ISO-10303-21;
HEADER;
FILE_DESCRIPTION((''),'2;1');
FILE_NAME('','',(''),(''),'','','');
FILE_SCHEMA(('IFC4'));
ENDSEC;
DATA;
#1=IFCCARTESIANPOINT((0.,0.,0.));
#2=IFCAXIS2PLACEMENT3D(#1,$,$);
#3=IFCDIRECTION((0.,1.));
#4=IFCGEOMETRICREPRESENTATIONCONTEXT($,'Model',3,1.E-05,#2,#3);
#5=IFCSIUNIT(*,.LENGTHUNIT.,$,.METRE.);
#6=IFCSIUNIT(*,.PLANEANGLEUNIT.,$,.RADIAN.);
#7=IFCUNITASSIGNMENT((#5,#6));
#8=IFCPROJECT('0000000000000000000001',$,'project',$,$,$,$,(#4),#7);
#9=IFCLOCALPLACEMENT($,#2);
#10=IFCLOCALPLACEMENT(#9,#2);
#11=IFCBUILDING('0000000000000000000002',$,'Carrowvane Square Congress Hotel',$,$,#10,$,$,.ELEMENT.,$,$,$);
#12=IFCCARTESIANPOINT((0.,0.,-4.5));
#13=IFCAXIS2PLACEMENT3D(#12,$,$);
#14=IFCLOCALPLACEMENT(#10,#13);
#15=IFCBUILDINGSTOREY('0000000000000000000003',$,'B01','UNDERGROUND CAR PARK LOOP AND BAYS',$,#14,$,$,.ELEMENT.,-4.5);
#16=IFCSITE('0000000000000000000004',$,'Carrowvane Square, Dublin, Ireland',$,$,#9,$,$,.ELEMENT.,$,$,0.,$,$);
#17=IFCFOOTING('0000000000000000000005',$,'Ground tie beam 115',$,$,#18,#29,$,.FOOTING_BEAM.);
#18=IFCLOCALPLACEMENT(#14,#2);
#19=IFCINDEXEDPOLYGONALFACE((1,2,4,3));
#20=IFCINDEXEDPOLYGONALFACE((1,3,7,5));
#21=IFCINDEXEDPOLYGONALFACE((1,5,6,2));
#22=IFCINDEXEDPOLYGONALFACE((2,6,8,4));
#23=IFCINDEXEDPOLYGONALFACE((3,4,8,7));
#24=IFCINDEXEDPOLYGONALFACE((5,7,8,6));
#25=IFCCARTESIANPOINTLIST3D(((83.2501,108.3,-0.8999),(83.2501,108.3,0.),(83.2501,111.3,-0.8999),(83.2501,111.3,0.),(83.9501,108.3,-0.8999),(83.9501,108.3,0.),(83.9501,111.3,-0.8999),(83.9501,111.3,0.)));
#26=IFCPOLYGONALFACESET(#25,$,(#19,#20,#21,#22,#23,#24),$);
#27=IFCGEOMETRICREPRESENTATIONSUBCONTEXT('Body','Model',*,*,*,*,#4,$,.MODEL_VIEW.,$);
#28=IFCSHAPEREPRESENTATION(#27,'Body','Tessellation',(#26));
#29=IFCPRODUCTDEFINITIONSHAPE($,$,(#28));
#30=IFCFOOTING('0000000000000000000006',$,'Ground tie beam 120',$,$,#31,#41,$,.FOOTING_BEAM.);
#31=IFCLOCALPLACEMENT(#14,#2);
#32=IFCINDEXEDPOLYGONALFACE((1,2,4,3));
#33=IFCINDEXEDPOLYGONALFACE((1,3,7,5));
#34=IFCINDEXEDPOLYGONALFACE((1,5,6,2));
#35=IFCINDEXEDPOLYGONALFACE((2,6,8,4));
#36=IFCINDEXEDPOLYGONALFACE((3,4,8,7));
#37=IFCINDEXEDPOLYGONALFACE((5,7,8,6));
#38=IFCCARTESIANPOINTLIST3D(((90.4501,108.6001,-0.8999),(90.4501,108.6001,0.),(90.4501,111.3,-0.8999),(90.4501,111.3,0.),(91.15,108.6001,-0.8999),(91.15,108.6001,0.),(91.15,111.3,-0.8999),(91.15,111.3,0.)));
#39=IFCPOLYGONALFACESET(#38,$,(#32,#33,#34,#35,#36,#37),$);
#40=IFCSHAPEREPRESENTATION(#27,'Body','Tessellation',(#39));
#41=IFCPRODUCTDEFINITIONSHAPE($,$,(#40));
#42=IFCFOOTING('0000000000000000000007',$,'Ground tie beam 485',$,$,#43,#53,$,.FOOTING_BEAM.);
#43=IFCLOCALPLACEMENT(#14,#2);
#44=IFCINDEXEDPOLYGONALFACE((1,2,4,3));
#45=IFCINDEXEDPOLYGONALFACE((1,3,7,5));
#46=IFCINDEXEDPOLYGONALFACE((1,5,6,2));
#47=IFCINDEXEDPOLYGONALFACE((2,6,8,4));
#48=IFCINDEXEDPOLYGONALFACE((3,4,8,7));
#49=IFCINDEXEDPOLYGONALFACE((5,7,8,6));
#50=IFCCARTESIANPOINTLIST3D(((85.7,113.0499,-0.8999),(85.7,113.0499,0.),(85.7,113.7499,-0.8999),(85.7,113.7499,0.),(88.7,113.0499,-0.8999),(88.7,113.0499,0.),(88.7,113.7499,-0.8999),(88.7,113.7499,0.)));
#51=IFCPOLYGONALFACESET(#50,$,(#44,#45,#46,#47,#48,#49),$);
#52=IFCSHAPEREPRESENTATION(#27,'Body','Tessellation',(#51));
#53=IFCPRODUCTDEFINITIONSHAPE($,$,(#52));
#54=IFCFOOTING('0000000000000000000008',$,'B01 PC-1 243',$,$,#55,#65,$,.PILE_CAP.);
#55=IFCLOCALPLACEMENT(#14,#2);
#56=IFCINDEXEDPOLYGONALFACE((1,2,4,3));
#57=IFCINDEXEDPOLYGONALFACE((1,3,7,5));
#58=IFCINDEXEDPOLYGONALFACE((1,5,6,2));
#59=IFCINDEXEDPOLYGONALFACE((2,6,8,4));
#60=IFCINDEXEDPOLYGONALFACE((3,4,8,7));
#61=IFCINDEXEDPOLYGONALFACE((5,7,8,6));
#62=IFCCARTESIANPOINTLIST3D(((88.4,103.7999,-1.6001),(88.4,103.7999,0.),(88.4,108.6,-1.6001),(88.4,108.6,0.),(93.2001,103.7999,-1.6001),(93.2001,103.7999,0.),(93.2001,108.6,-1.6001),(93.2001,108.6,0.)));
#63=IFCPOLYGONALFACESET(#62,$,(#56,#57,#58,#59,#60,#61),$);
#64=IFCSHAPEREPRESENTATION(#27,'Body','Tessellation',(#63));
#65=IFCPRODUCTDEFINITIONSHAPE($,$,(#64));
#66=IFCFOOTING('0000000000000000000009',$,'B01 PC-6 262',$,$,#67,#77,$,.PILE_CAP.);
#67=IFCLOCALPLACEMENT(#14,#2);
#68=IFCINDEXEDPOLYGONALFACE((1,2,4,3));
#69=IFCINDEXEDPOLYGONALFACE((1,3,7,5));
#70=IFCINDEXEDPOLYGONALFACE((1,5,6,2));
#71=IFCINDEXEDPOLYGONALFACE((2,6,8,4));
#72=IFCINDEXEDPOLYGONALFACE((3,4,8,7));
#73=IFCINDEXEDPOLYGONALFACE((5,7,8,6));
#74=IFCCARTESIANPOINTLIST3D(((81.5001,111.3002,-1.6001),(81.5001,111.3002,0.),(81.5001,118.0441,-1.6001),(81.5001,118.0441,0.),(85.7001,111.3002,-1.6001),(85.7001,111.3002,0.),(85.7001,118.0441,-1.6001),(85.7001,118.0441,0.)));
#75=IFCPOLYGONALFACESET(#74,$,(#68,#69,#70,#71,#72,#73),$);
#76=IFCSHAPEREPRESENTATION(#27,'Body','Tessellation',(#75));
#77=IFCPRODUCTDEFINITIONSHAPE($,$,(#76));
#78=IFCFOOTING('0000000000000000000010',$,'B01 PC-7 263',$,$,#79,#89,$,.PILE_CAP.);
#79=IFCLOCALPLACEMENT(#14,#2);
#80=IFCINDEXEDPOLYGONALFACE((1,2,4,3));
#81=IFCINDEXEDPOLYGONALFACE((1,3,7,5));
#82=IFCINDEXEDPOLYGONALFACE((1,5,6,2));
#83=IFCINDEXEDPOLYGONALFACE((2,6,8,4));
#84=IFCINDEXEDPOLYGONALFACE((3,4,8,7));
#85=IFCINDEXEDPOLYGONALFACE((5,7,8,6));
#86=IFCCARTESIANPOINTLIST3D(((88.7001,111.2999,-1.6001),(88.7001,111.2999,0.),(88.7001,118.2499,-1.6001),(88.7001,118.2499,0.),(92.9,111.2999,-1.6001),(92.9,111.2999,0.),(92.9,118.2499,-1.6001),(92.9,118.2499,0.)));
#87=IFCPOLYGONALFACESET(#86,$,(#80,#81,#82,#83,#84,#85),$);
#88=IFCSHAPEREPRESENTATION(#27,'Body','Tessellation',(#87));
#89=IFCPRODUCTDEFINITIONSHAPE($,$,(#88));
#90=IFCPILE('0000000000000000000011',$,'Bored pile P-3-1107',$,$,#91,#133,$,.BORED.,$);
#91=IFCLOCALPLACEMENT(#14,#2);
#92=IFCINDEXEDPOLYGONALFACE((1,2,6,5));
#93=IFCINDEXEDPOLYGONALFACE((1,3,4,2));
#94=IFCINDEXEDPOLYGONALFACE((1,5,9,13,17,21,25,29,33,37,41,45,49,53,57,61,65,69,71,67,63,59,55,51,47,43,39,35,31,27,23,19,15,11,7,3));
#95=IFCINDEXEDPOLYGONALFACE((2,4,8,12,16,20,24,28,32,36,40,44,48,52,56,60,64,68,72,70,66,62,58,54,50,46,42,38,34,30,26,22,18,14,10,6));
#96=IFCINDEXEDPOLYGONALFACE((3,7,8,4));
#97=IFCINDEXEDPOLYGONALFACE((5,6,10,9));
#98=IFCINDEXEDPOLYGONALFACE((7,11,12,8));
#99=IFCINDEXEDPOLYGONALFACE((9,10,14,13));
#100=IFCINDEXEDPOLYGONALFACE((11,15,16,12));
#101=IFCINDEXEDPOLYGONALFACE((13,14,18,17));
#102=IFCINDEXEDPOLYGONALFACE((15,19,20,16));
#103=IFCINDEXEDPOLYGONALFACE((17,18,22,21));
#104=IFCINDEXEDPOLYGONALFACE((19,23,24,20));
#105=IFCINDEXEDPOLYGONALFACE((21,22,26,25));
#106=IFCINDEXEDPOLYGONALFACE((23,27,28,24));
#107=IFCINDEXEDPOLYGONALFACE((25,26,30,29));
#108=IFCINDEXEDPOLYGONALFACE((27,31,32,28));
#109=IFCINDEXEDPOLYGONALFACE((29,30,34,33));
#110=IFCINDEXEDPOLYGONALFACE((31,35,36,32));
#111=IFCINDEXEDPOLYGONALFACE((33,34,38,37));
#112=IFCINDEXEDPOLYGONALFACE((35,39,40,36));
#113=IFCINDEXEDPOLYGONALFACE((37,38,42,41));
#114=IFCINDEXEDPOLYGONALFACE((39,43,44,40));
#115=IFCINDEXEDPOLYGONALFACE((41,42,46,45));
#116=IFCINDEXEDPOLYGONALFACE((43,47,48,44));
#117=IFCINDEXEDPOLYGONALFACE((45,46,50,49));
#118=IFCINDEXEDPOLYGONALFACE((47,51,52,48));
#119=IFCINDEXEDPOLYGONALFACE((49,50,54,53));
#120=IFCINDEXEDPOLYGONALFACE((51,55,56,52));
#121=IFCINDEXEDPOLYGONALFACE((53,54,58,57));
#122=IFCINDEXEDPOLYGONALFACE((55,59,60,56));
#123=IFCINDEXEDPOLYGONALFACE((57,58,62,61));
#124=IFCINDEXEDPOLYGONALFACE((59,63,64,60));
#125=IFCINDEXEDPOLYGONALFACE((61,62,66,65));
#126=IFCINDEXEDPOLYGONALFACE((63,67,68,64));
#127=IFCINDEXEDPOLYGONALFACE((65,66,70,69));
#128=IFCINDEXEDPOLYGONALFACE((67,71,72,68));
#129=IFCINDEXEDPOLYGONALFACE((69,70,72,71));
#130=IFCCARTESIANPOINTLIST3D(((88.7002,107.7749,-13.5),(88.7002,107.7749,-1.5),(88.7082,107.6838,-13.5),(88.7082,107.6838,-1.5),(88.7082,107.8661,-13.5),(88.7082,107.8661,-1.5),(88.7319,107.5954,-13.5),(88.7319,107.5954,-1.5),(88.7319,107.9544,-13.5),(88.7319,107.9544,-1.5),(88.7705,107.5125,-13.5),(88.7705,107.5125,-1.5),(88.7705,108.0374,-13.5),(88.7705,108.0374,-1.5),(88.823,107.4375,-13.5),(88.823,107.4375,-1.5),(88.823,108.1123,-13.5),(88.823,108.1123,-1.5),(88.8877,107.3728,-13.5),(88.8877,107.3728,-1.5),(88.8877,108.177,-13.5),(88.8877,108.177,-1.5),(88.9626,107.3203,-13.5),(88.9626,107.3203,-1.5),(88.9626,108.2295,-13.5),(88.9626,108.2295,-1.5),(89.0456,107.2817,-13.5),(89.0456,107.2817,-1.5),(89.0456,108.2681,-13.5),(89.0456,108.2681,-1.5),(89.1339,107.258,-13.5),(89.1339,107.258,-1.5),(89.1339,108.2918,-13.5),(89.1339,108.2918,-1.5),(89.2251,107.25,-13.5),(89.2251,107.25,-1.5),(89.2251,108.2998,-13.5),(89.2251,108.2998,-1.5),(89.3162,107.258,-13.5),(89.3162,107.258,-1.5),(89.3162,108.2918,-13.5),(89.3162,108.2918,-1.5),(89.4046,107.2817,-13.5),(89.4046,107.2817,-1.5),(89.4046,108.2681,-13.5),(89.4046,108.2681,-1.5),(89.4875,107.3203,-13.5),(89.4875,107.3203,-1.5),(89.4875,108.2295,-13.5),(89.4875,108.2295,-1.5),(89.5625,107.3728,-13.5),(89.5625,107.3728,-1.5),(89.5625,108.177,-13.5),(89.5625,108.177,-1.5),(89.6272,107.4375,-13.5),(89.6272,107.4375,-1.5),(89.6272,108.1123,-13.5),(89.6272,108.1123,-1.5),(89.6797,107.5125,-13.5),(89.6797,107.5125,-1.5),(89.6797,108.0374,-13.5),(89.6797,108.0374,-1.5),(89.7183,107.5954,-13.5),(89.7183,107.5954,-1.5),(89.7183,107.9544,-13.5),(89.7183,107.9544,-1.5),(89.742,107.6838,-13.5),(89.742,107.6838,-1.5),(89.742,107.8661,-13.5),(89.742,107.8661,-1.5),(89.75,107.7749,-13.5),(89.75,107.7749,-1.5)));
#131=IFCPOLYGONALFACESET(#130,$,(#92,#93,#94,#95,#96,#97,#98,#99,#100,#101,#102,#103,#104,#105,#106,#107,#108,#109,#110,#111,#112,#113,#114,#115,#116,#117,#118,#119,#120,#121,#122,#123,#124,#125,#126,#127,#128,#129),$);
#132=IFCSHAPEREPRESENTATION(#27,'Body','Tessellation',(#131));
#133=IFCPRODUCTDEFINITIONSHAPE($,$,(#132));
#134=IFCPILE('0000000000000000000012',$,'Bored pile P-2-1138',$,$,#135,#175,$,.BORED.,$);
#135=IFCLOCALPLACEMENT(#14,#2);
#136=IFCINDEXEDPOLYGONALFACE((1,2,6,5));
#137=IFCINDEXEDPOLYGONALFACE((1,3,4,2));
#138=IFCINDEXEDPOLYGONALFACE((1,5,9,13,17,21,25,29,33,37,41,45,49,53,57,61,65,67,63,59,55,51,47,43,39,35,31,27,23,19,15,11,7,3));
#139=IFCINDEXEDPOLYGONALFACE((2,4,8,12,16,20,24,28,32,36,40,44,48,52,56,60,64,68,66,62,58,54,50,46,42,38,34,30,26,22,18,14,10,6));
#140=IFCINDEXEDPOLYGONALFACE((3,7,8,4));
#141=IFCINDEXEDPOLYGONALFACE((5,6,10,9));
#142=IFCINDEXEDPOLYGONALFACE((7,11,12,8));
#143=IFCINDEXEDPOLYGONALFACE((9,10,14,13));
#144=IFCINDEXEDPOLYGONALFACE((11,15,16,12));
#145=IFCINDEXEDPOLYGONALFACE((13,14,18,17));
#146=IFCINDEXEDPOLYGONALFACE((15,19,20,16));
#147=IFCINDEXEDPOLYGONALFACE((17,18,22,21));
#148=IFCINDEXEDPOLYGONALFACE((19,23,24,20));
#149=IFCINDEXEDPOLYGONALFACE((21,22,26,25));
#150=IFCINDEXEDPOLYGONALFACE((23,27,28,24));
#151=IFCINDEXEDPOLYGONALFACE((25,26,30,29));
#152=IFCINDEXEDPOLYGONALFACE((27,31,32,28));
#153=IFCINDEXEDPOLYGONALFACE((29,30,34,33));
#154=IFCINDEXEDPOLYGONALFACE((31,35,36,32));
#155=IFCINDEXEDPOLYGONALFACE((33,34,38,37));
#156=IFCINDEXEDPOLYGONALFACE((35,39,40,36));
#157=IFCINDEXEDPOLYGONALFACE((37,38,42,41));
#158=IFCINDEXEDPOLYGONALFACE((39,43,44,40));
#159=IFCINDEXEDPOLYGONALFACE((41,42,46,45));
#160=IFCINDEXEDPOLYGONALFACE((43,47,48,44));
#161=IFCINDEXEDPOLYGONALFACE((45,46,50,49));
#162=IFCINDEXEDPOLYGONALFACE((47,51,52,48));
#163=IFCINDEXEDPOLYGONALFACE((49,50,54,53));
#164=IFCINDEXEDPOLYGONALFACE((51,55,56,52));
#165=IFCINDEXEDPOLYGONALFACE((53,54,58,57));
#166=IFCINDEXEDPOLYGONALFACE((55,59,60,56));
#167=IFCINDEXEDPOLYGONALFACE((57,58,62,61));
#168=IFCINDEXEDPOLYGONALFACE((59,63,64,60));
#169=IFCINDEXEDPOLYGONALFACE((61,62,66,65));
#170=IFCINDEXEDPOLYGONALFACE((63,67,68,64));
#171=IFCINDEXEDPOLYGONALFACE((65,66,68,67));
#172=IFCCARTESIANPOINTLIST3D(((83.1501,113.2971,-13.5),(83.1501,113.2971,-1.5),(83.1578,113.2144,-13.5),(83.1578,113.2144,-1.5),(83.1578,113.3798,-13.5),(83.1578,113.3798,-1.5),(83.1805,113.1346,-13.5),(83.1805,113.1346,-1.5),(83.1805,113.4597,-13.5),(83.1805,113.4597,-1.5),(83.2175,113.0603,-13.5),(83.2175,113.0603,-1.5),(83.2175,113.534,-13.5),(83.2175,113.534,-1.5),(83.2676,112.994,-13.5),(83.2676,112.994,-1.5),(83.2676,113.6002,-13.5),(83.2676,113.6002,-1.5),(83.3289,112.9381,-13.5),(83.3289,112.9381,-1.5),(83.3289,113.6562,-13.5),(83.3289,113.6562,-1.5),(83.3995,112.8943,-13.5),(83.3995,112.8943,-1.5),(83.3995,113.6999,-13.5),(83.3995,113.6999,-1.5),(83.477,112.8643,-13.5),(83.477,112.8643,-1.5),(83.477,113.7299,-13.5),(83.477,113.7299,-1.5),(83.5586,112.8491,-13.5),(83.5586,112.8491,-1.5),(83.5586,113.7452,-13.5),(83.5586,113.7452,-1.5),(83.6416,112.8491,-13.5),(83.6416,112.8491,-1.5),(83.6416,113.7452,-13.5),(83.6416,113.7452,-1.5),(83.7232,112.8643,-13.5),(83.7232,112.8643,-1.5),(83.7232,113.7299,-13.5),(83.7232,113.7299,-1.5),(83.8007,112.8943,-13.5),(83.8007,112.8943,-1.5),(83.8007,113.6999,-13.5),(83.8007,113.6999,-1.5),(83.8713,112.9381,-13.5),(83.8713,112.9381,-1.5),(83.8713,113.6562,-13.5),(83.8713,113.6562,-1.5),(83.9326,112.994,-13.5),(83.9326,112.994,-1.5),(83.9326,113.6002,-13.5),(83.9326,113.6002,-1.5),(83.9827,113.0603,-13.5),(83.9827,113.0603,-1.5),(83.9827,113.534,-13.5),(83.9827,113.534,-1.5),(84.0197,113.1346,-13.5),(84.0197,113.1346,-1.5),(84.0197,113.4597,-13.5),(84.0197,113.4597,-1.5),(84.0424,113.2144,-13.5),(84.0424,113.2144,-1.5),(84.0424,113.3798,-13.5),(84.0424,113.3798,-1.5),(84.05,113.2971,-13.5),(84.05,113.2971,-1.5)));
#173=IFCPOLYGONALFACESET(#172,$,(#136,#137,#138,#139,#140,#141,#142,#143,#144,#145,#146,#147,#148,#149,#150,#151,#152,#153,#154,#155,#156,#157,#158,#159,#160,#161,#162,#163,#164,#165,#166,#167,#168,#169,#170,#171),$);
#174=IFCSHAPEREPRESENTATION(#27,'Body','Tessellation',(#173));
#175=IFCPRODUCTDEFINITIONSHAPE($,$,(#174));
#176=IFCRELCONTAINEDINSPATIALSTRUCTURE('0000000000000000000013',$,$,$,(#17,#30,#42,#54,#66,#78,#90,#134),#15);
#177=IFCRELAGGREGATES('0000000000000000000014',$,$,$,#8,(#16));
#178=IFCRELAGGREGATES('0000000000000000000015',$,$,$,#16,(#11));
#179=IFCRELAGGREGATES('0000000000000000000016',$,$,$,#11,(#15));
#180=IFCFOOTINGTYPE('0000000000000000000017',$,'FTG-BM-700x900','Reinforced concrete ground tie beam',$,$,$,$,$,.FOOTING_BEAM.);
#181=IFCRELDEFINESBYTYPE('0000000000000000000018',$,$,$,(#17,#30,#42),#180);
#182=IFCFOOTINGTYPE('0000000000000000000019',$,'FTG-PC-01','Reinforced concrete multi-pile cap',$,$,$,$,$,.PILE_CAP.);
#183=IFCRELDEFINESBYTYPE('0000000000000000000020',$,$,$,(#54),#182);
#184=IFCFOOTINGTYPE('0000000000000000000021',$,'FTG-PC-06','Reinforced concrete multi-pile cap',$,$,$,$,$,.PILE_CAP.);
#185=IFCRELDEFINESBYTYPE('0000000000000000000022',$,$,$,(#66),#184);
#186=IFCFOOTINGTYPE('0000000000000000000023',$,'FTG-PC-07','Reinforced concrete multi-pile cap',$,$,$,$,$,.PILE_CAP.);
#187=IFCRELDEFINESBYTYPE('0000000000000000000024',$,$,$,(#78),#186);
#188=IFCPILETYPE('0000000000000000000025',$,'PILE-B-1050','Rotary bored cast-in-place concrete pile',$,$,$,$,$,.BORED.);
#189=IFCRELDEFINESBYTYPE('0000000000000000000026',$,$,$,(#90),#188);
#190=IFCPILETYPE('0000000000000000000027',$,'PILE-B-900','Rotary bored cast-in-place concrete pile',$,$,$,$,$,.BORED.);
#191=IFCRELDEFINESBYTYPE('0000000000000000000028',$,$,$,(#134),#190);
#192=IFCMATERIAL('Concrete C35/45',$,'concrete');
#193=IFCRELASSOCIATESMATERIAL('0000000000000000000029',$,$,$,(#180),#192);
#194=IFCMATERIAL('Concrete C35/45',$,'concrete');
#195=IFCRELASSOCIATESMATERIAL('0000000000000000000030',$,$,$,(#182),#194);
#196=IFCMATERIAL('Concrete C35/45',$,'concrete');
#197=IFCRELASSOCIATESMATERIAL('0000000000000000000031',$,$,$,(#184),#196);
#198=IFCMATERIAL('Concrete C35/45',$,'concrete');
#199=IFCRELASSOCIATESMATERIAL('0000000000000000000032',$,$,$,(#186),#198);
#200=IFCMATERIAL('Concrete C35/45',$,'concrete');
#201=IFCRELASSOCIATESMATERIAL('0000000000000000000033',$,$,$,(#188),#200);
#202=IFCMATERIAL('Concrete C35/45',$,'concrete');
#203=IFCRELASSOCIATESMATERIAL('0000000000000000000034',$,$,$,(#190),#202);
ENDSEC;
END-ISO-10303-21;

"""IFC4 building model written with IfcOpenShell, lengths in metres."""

from ifc_helpers import new_model, si_unit, direction, frame, origin, origin_2d, place, context, subcontext, project, spatial, rectangle, circle, extrude, material, material_profile, profile_set, type_object, element, save


model = new_model("IFC4")

# Units and contexts
model_context = context("Model", 3, precision=1e-05, world=origin(), true_north=direction((0.0, 1.0)))
body_context = subcontext(model_context, "Body", "Model", "MODEL_VIEW")
ifc_project = project(units=[si_unit("LENGTHUNIT", "METRE"), si_unit("PLANEANGLEUNIT", "RADIAN")], contexts=[model_context])

# Site, building, storey
site_placement = place(None, origin())
site = spatial("IfcSite", under=ifc_project, at=site_placement, Name="Carrowvane Square, Dublin, Ireland", CompositionType="ELEMENT", RefElevation=0.0)
building_placement = place(site_placement, origin())
building = spatial("IfcBuilding", under=site, at=building_placement, Name="Carrowvane Square Congress Hotel", CompositionType="ELEMENT")
storey_placement = place(building_placement, frame((0.0, 0.0, -4.5)))
storey = spatial("IfcBuildingStorey", under=building, at=storey_placement, Name="B01", Description="UNDERGROUND CAR PARK LOOP AND BAYS", CompositionType="ELEMENT", Elevation=-4.5)

# Footings
ifc_material_1 = material(Name="Concrete C35/45", Category="concrete")
ifc_material_profile_1 = material_profile(ifc_material_1, rectangle(XDim=0.7, YDim=0.8999, at=origin_2d()), Name="RC 700x900")
ifc_profile_set_1 = profile_set([ifc_material_profile_1], Name="Concrete C35/45")
footing_type_1 = type_object("IfcFootingType", Name="FTG-BM-700x900", Description="Reinforced concrete ground tie beam", PredefinedType="FOOTING_BEAM", material=ifc_profile_set_1)
footing_1_placement = place(storey_placement, frame((83.6001, 108.3, -0.45), z_axis=(0.0, 1.0, 0.0), x_axis=(-1.0, 0.0, 0.0)))
element("IfcFooting", 1, at=footing_1_placement, inside=storey, type_object=footing_type_1, Name="Ground tie beam 115", PredefinedType="FOOTING_BEAM", context=body_context, shape_type="SweptSolid", body=[
    extrude(rectangle(XDim=0.7, YDim=0.8999, at=origin_2d()), origin(), (0.0, 0.0, 1.0), 3.0),
])
footing_2_placement = place(storey_placement, frame((90.8, 108.6001, -0.45), z_axis=(0.0, 1.0, 0.0), x_axis=(-1.0, 0.0, 0.0)))
element("IfcFooting", 2, at=footing_2_placement, inside=storey, type_object=footing_type_1, Name="Ground tie beam 120", PredefinedType="FOOTING_BEAM", context=body_context, shape_type="SweptSolid", body=[
    extrude(rectangle(XDim=0.7, YDim=0.8999, at=origin_2d()), origin(), (0.0, 0.0, 1.0), 2.7),
])
footing_3_placement = place(storey_placement, frame((85.7, 113.3999, -0.45), z_axis=(1.0, 0.0, 0.0), x_axis=(0.0, 1.0, 0.0)))
element("IfcFooting", 3, at=footing_3_placement, inside=storey, type_object=footing_type_1, Name="Ground tie beam 485", PredefinedType="FOOTING_BEAM", context=body_context, shape_type="SweptSolid", body=[
    extrude(rectangle(XDim=0.7, YDim=0.8999, at=origin_2d()), origin(), (0.0, 0.0, 1.0), 3.0),
])
ifc_material_2 = material(Name="Concrete C35/45", Category="concrete")
footing_type_2 = type_object("IfcFootingType", Name="FTG-PC-01", Description="Reinforced concrete multi-pile cap", PredefinedType="PILE_CAP", material=ifc_material_2)
footing_4_placement = place(storey_placement, frame((90.8, 106.2, -1.6001), z_axis=(0.0, 0.0, 1.0), x_axis=(1.0, 0.0, 0.0)))
element("IfcFooting", 4, at=footing_4_placement, inside=storey, type_object=footing_type_2, Name="B01 PC-1 243", PredefinedType="PILE_CAP", context=body_context, shape_type="SweptSolid", body=[
    extrude(rectangle(XDim=4.8, YDim=4.8, at=origin_2d()), origin(), (0.0, 0.0, 1.0), 1.6001),
])
ifc_material_3 = material(Name="Concrete C35/45", Category="concrete")
footing_type_3 = type_object("IfcFootingType", Name="FTG-PC-06", Description="Reinforced concrete multi-pile cap", PredefinedType="PILE_CAP", material=ifc_material_3)
footing_5_placement = place(storey_placement, frame((83.6001, 114.6721, -1.6001), z_axis=(0.0, 0.0, 1.0), x_axis=(1.0, 0.0, 0.0)))
element("IfcFooting", 5, at=footing_5_placement, inside=storey, type_object=footing_type_3, Name="B01 PC-6 262", PredefinedType="PILE_CAP", context=body_context, shape_type="SweptSolid", body=[
    extrude(rectangle(XDim=4.2, YDim=6.7439, at=origin_2d()), origin(), (0.0, 0.0, 1.0), 1.6001),
])
ifc_material_4 = material(Name="Concrete C35/45", Category="concrete")
footing_type_4 = type_object("IfcFootingType", Name="FTG-PC-07", Description="Reinforced concrete multi-pile cap", PredefinedType="PILE_CAP", material=ifc_material_4)
footing_6_placement = place(storey_placement, frame((90.8, 114.7749, -1.6001), z_axis=(0.0, 0.0, 1.0), x_axis=(1.0, 0.0, 0.0)))
element("IfcFooting", 6, at=footing_6_placement, inside=storey, type_object=footing_type_4, Name="B01 PC-7 263", PredefinedType="PILE_CAP", context=body_context, shape_type="SweptSolid", body=[
    extrude(rectangle(XDim=4.2, YDim=6.95, at=origin_2d()), origin(), (0.0, 0.0, 1.0), 1.6001),
])

# Piles
ifc_material_5 = material(Name="Concrete C35/45", Category="concrete")
ifc_material_profile_2 = material_profile(ifc_material_5, circle(Radius=0.5249, at=origin_2d()), Name="PILE D1050")
ifc_profile_set_2 = profile_set([ifc_material_profile_2], Name="Concrete C35/45")
pile_type_1 = type_object("IfcPileType", Name="PILE-B-1050", Description="Rotary bored cast-in-place concrete pile", PredefinedType="BORED", material=ifc_profile_set_2)
pile_placement = place(storey_placement, frame((89.2251, 107.7749, -1.5), z_axis=(0.0, 0.0, -1.0), x_axis=(1.0, 0.0, 0.0)))
element("IfcPile", 7, at=pile_placement, inside=storey, type_object=pile_type_1, Name="Bored pile P-3-1107", PredefinedType="BORED", context=body_context, shape_type="SweptSolid", body=[
    extrude(circle(Radius=0.5249, at=origin_2d()), origin(), (0.0, 0.0, 1.0), 12.0),
])
ifc_material_6 = material(Name="Concrete C35/45", Category="concrete")
ifc_material_profile_3 = material_profile(ifc_material_6, circle(Radius=0.45, at=origin_2d()), Name="PILE D900")
ifc_profile_set_3 = profile_set([ifc_material_profile_3], Name="Concrete C35/45")
pile_type_2 = type_object("IfcPileType", Name="PILE-B-900", Description="Rotary bored cast-in-place concrete pile", PredefinedType="BORED", material=ifc_profile_set_3)
for number, where, z_axis, x_axis, name in (
    (8, (83.6001, 113.2971, -1.5), (0.0, 0.0, -1.0), (1.0, 0.0, 0.0), "Bored pile P-2-1138"),
):
    element("IfcPile", number, at=place(storey_placement, frame(where, z_axis=z_axis, x_axis=x_axis)), inside=storey, type_object=pile_type_2, Name=name, PredefinedType="BORED", context=body_context, shape_type="SweptSolid", body=[
        extrude(circle(Radius=0.45, at=origin_2d()), origin(), (0.0, 0.0, 1.0), 12.0),
    ])

save(model, "model.ifc")
